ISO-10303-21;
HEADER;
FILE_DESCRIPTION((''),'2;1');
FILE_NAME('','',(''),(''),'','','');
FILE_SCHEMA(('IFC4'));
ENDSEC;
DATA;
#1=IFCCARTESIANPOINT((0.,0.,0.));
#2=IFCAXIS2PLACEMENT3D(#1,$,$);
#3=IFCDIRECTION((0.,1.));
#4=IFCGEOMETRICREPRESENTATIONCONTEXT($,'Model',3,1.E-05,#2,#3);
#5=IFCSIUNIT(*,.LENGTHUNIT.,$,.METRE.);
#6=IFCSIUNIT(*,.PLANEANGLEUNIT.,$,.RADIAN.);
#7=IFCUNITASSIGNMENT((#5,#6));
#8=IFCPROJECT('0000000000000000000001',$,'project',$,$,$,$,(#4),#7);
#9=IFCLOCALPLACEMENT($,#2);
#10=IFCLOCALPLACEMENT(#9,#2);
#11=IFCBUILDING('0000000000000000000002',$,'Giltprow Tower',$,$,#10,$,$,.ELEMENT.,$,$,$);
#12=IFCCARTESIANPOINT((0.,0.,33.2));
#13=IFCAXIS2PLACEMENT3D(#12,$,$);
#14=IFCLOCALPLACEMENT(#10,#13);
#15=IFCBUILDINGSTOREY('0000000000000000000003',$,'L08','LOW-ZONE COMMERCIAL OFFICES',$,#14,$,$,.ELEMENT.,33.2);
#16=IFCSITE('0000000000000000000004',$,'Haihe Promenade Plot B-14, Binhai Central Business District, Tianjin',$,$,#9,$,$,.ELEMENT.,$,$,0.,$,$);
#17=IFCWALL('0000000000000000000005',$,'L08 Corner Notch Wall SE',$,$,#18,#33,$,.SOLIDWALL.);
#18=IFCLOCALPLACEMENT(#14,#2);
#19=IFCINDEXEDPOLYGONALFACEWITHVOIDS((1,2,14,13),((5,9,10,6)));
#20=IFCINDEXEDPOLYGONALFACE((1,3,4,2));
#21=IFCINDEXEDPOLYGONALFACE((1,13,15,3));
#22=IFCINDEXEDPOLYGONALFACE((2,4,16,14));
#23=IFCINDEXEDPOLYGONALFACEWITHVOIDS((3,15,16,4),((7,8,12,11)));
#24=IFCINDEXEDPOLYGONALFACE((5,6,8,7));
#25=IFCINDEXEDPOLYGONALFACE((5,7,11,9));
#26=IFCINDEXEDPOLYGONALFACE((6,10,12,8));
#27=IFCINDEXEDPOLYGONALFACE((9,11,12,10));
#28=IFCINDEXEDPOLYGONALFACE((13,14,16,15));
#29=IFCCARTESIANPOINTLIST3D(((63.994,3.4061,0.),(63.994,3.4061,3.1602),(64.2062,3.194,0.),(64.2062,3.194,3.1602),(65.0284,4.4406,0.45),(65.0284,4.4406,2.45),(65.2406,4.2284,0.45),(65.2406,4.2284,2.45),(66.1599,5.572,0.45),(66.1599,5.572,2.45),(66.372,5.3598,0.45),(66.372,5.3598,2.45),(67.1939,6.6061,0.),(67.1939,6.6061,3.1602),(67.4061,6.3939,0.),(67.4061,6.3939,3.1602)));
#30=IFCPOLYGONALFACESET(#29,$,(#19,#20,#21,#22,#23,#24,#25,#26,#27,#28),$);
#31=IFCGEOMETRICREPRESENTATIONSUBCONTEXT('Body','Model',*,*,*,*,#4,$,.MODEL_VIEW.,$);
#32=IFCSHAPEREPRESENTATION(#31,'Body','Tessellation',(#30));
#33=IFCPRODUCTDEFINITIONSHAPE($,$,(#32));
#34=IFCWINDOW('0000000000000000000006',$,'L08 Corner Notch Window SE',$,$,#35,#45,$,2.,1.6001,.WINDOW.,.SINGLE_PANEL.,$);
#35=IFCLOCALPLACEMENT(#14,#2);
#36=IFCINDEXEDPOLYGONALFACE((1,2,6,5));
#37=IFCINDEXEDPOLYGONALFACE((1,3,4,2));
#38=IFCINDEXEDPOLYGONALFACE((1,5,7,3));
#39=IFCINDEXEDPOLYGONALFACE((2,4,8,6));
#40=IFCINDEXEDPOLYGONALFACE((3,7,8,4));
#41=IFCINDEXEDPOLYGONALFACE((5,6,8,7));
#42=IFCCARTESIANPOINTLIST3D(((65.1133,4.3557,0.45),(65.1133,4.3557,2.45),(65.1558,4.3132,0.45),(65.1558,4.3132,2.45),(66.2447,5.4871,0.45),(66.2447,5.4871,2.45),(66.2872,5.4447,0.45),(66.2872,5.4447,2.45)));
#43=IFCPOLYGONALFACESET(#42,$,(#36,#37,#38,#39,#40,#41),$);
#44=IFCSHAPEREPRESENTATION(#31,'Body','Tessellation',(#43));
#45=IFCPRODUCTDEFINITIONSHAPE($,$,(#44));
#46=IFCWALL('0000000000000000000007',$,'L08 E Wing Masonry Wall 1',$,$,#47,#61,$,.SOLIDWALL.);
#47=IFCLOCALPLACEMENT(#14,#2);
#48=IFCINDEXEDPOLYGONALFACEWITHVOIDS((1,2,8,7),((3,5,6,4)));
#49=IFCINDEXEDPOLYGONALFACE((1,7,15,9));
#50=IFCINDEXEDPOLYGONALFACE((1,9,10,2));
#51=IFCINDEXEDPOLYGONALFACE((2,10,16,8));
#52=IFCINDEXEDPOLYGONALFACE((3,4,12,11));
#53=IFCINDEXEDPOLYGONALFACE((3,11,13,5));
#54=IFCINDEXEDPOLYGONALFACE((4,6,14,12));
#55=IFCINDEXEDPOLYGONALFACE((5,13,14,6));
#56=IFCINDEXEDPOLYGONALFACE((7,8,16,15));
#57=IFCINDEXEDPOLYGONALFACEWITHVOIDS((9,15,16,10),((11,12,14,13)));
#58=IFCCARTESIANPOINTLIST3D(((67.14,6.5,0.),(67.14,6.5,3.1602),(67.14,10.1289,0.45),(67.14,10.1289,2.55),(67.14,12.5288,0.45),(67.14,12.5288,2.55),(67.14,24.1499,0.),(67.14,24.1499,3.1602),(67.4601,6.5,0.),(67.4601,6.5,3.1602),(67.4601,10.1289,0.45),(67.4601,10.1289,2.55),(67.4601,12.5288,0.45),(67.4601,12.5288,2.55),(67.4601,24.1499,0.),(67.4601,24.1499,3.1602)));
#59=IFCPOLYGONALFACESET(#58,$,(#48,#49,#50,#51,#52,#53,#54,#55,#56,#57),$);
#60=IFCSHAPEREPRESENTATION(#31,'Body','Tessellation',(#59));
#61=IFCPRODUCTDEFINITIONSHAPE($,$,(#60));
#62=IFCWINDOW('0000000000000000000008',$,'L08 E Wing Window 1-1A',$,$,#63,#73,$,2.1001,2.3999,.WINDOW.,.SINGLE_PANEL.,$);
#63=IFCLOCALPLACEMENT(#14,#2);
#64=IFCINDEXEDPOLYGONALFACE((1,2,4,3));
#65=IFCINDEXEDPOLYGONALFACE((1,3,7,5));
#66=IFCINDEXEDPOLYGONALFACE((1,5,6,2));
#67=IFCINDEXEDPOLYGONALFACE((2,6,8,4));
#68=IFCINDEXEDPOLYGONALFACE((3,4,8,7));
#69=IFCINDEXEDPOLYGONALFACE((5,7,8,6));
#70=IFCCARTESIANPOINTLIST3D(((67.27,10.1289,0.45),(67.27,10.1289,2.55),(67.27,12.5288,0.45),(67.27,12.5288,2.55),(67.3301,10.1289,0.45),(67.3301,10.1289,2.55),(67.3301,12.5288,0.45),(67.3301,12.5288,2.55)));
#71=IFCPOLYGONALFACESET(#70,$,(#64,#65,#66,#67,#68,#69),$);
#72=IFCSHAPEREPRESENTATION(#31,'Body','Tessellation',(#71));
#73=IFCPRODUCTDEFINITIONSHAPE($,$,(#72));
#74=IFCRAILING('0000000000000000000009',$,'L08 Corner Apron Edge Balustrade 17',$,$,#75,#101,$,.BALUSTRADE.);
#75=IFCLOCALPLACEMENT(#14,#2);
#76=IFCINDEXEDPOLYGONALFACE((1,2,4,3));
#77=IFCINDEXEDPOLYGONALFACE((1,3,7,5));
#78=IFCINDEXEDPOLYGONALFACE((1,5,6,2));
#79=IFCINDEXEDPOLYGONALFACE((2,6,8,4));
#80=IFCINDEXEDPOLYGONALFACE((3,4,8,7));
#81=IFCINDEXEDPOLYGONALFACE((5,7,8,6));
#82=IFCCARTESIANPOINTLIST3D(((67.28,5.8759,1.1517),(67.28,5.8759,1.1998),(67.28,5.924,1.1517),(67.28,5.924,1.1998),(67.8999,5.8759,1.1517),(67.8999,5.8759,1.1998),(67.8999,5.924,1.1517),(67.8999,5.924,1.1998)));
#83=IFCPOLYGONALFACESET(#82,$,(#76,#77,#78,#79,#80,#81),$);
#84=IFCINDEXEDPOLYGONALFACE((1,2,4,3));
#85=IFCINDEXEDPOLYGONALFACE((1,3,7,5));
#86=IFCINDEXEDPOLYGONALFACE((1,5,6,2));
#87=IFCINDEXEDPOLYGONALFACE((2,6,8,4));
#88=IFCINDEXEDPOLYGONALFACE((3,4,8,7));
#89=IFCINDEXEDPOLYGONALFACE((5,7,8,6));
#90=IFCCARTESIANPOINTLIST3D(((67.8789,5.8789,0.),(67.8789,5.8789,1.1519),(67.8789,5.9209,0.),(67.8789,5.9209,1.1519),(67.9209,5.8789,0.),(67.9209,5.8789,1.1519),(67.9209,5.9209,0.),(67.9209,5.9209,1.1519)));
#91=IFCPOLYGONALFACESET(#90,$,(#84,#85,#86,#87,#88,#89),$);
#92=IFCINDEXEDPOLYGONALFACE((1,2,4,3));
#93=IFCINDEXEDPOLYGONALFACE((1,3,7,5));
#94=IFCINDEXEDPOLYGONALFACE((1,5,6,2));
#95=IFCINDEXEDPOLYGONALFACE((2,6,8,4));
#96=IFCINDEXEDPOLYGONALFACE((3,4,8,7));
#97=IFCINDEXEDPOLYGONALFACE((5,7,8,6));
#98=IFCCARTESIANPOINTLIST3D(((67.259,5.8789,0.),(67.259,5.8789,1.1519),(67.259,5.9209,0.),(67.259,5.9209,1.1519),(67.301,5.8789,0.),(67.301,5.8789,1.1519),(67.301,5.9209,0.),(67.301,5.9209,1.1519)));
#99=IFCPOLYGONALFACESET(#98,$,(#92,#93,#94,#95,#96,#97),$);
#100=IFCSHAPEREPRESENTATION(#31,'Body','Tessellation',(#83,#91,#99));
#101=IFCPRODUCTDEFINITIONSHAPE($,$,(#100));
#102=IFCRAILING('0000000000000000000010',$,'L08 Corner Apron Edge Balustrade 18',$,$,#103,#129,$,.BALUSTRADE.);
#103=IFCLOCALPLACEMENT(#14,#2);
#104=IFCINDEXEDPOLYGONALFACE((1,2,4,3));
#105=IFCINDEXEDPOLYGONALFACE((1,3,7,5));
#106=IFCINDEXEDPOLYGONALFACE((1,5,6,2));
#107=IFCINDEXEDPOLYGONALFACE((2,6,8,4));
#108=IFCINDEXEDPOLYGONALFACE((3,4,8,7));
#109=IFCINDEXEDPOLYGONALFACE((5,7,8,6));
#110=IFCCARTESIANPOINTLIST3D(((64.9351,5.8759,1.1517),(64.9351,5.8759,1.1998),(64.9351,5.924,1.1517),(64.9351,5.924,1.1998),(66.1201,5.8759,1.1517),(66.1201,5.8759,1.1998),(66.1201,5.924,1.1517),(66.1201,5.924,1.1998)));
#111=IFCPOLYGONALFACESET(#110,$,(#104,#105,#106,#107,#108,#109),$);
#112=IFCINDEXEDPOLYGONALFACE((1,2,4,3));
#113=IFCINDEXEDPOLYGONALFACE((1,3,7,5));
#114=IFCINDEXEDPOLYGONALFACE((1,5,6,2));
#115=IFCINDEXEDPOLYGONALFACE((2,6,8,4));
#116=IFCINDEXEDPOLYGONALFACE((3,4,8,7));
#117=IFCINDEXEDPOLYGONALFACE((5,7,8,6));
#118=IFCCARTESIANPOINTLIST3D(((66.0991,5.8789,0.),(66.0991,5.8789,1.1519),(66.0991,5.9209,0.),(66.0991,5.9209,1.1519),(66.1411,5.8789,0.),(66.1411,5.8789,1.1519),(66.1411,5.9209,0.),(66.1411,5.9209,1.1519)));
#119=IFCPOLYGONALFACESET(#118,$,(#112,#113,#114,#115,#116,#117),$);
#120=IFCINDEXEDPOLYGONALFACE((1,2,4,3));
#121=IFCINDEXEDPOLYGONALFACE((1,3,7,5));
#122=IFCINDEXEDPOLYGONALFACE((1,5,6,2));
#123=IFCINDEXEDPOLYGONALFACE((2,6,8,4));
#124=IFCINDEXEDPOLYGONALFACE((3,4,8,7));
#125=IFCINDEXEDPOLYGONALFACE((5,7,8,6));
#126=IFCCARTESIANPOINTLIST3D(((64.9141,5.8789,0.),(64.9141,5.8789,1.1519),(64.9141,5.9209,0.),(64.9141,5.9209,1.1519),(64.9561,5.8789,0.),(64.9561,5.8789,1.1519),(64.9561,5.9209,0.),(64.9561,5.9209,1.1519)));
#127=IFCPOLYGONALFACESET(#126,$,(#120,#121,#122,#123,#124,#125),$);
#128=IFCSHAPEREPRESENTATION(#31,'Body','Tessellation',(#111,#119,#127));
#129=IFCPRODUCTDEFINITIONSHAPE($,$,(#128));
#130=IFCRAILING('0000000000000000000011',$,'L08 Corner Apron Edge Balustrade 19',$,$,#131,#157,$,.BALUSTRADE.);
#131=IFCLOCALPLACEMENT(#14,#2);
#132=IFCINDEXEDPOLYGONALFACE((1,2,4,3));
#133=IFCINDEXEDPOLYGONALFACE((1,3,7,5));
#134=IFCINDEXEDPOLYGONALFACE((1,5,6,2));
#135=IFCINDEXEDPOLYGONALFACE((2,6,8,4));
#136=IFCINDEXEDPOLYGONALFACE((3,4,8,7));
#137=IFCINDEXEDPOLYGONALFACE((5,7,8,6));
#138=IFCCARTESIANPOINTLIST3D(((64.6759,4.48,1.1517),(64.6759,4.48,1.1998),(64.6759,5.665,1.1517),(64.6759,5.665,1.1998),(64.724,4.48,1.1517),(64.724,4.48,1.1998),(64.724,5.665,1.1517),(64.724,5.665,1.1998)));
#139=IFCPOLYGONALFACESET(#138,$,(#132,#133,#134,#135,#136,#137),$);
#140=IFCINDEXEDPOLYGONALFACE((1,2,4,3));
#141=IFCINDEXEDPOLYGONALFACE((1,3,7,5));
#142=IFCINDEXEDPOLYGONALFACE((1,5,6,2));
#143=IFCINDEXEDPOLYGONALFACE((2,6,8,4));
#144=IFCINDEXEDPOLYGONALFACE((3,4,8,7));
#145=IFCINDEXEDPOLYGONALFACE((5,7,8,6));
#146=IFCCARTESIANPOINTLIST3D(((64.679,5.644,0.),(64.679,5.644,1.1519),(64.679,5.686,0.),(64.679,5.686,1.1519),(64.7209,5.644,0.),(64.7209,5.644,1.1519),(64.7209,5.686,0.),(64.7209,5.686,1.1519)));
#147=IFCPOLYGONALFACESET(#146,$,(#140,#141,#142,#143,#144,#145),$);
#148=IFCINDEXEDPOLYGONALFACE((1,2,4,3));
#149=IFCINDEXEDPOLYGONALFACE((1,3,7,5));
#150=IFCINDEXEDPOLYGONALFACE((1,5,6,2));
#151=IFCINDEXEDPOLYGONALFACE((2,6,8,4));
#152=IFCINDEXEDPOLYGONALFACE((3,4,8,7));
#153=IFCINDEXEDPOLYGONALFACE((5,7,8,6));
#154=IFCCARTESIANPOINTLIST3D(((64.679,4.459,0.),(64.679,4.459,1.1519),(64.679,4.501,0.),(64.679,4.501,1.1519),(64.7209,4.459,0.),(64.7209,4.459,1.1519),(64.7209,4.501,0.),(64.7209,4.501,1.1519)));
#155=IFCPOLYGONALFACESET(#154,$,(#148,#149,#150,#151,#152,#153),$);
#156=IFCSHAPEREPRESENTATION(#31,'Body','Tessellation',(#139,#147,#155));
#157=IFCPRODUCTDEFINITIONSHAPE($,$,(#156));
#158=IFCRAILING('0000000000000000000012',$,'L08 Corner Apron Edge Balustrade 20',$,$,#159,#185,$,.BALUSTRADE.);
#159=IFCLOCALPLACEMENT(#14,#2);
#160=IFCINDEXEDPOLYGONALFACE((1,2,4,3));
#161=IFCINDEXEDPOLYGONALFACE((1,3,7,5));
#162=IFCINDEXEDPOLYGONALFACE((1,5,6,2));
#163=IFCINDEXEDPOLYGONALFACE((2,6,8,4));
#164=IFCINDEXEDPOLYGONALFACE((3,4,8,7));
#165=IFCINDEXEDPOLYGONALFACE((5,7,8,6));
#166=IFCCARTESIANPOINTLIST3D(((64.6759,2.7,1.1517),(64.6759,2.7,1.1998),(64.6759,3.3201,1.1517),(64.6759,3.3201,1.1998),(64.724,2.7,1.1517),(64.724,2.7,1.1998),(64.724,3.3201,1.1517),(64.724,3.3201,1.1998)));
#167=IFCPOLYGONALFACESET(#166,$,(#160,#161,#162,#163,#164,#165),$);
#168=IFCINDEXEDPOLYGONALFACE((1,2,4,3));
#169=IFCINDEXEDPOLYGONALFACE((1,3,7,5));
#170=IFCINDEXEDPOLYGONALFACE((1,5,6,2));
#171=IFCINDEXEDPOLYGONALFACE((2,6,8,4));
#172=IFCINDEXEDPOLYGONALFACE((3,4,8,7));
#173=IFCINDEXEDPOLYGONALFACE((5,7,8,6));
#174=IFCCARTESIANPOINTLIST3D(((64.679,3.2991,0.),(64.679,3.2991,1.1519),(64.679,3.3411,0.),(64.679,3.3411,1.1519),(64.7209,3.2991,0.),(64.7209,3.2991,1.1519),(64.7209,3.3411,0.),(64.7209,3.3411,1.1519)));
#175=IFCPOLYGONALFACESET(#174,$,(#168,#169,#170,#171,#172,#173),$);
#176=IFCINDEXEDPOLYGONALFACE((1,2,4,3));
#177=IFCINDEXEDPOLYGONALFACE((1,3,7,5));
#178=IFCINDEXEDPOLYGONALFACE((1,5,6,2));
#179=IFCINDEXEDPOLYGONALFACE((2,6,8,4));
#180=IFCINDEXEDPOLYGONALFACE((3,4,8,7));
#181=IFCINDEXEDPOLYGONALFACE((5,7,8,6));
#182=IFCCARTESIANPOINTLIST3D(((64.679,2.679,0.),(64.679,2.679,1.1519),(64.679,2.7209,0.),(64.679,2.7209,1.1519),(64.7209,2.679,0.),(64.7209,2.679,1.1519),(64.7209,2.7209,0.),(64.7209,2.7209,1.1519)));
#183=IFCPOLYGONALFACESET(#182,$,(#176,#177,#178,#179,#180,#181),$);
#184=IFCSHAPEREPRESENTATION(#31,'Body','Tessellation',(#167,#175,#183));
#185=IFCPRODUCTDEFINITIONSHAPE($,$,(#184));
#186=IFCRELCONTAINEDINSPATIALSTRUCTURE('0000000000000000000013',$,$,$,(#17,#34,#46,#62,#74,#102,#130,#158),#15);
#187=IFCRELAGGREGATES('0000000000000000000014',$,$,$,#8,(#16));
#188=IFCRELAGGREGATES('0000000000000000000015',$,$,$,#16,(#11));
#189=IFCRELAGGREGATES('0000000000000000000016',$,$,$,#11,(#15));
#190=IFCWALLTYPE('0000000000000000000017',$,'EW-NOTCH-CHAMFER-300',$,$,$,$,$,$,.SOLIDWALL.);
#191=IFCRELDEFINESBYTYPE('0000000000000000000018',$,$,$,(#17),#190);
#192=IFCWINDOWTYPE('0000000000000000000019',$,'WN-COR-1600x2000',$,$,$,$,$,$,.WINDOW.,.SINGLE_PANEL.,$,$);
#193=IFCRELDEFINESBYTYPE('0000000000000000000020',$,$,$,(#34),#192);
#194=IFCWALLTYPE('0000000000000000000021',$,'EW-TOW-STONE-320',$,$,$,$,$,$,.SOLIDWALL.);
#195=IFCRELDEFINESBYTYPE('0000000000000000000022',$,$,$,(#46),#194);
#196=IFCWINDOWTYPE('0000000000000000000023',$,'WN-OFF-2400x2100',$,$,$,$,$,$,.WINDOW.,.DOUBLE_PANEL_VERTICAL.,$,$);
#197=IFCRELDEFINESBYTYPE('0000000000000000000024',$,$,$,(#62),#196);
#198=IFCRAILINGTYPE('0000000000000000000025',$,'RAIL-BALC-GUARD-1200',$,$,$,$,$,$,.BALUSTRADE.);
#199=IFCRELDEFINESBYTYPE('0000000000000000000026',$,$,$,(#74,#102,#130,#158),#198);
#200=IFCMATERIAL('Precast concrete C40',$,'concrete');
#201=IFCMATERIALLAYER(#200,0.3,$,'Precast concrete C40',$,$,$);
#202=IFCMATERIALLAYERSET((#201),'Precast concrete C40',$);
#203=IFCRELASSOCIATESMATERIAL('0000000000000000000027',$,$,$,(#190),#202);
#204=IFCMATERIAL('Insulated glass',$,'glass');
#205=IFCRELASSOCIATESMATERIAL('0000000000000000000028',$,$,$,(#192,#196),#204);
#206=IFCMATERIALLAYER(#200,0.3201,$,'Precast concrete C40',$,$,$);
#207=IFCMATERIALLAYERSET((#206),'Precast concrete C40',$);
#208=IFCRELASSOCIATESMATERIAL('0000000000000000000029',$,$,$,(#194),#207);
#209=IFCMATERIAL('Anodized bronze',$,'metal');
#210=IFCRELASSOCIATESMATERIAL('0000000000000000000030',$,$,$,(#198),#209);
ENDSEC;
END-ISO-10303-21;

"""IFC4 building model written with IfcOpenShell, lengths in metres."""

from ifc_helpers import new_model, si_unit, direction, frame, frame_2d, origin, origin_2d, place, context, subcontext, project, spatial, rectangle, extrude, source, transform, mapped, material, layer, layer_set, type_object, element, fill, save


model = new_model("IFC4")

# Units and contexts
model_context = context("Model", 3, precision=1e-05, world=origin(), true_north=direction((0.0, 1.0)))
body_context = subcontext(model_context, "Body", "Model", "MODEL_VIEW")
ifc_project = project(units=[si_unit("LENGTHUNIT", "METRE"), si_unit("PLANEANGLEUNIT", "RADIAN")], contexts=[model_context])

# Site, building, storey
site_placement = place(None, origin())
site = spatial("IfcSite", under=ifc_project, at=site_placement, Name="Haihe Promenade Plot B-14, Binhai Central Business District, Tianjin", CompositionType="ELEMENT", RefElevation=0.0)
building_placement = place(site_placement, origin())
building = spatial("IfcBuilding", under=site, at=building_placement, Name="Giltprow Tower", CompositionType="ELEMENT")
storey_placement = place(building_placement, frame((0.0, 0.0, 33.2)))
storey = spatial("IfcBuildingStorey", under=building, at=storey_placement, Name="L08", Description="LOW-ZONE COMMERCIAL OFFICES", CompositionType="ELEMENT", Elevation=33.2)

# Shared definitions
ifc_material_1 = material(Name="Anodized bronze", Category="metal")

# Shared definitions
ifc_material_2 = material(Name="Insulated glass", Category="glass")

# Walls, openings, windows
ifc_material_3 = material(Name="Precast concrete C40", Category="concrete")
ifc_layer_1 = layer(ifc_material_3, 0.3, Name="Precast concrete C40")
ifc_layer_set_1 = layer_set([ifc_layer_1], Name="Precast concrete C40")
wall_type_1 = type_object("IfcWallType", Name="EW-NOTCH-CHAMFER-300", PredefinedType="SOLIDWALL", material=ifc_layer_set_1)
wall_1_placement = place(storey_placement, frame((64.1001, 3.3, 0.0), z_axis=(0.0, 0.0, 1.0), x_axis=(0.707107, 0.707107, 0.0)))
wall_1 = element("IfcWall", 1, at=wall_1_placement, inside=storey, type_object=wall_type_1, Name="L08 Corner Notch Wall SE", PredefinedType="SOLIDWALL", context=body_context, shape_type="SweptSolid", body=[
    extrude(rectangle(XDim=4.5254, YDim=0.3, at=frame_2d((2.2627, 0.0))), origin(), (0.0, 0.0, 1.0), 3.1602),
])
opening_1_placement = place(wall_1_placement, frame((1.4629, 0.0, 0.45)))
opening_1 = element("IfcOpeningElement", 2, at=opening_1_placement, cuts=wall_1, PredefinedType="OPENING", context=body_context, shape_type="SweptSolid", body=[
    extrude(rectangle(XDim=1.6001, YDim=2.0, at=frame_2d((0.8, 1.0))), frame((0.0, 0.1599, 0.0), z_axis=(0.0, -1.0, 0.0), x_axis=(1.0, 0.0, 0.0)), (0.0, 0.0, 1.0), 0.3201),
])
window_type_1 = type_object("IfcWindowType", Name="WN-COR-1600x2000", PartitioningType="SINGLE_PANEL", PredefinedType="WINDOW", material=ifc_material_2)
shared_shape_1 = source(origin(), body_context, "Body", "SweptSolid", [
    extrude(rectangle(XDim=1.6001, YDim=2.0, at=frame_2d((0.8, 1.0))), frame((0.0, 0.03, 0.0), z_axis=(0.0, -1.0, 0.0), x_axis=(1.0, 0.0, 0.0)), (0.0, 0.0, 1.0), 0.0601),
])
window_1_placement = place(opening_1_placement, origin())
window_1 = element("IfcWindow", 3, at=window_1_placement, inside=storey, type_object=window_type_1, Name="L08 Corner Notch Window SE", OverallHeight=2.0, OverallWidth=1.6001, PartitioningType="SINGLE_PANEL", PredefinedType="WINDOW", context=body_context, shape_type="MappedRepresentation", body=[
    mapped(shared_shape_1, transform((0.0, 0.0, 0.0), x_axis=(1.0, 0.0, 0.0), y_axis=(0.0, 1.0, 0.0), z_axis=(0.0, 0.0, 1.0), scale=1.0)),
])
fill(opening_1, window_1)
ifc_layer_2 = layer(ifc_material_3, 0.3201, Name="Precast concrete C40")
ifc_layer_set_2 = layer_set([ifc_layer_2], Name="Precast concrete C40")
wall_type_2 = type_object("IfcWallType", Name="EW-TOW-STONE-320", PredefinedType="SOLIDWALL", material=ifc_layer_set_2)
wall_2_placement = place(storey_placement, frame((67.3, 6.5, 0.0), z_axis=(0.0, 0.0, 1.0), x_axis=(0.0, 1.0, 0.0)))
wall_2 = element("IfcWall", 4, at=wall_2_placement, inside=storey, type_object=wall_type_2, Name="L08 E Wing Masonry Wall 1", PredefinedType="SOLIDWALL", context=body_context, shape_type="SweptSolid", body=[
    extrude(rectangle(XDim=17.6499, YDim=0.3201, at=frame_2d((8.825, 0.0))), origin(), (0.0, 0.0, 1.0), 3.1602),
])
opening_2_placement = place(wall_2_placement, frame((3.6289, 0.0, 0.45)))
opening_2 = element("IfcOpeningElement", 5, at=opening_2_placement, cuts=wall_2, PredefinedType="OPENING", context=body_context, shape_type="SweptSolid", body=[
    extrude(rectangle(XDim=2.3999, YDim=2.1001, at=frame_2d((1.2, 1.05))), frame((0.0, 0.1699, 0.0), z_axis=(0.0, -1.0, 0.0), x_axis=(1.0, 0.0, 0.0)), (0.0, 0.0, 1.0), 0.3401),
])
window_type_2 = type_object("IfcWindowType", Name="WN-OFF-2400x2100", PartitioningType="DOUBLE_PANEL_VERTICAL", PredefinedType="WINDOW", material=ifc_material_2)
shared_shape_2 = source(origin(), body_context, "Body", "SweptSolid", [
    extrude(rectangle(XDim=2.3999, YDim=2.1001, at=frame_2d((1.2, 1.05))), frame((0.0, 0.03, 0.0), z_axis=(0.0, -1.0, 0.0), x_axis=(1.0, 0.0, 0.0)), (0.0, 0.0, 1.0), 0.0601),
])
window_2_placement = place(opening_2_placement, origin())
window_2 = element("IfcWindow", 6, at=window_2_placement, inside=storey, type_object=window_type_2, Name="L08 E Wing Window 1-1A", OverallHeight=2.1001, OverallWidth=2.3999, PartitioningType="SINGLE_PANEL", PredefinedType="WINDOW", context=body_context, shape_type="MappedRepresentation", body=[
    mapped(shared_shape_2, transform((0.0, 0.0, 0.0), x_axis=(1.0, 0.0, 0.0), y_axis=(0.0, 1.0, 0.0), z_axis=(0.0, 0.0, 1.0), scale=1.0)),
])
fill(opening_2, window_2)

# Railings
railing_type = type_object("IfcRailingType", Name="RAIL-BALC-GUARD-1200", PredefinedType="BALUSTRADE", material=ifc_material_1)
railing_1_placement = place(storey_placement, frame((67.8999, 5.8999, 0.0)))
element("IfcRailing", 7, at=railing_1_placement, inside=storey, type_object=railing_type, Name="L08 Corner Apron Edge Balustrade 17", PredefinedType="BALUSTRADE", context=body_context, shape_type="SweptSolid", body=[
    extrude(rectangle(XDim=0.0481, YDim=0.0481, at=origin_2d()), frame((0.0, 0.0, 1.1758), z_axis=(-1.0, 0.0, 0.0), x_axis=(0.0, -1.0, 0.0)), (0.0, 0.0, 1.0), 0.6199),
    extrude(rectangle(XDim=0.042, YDim=0.042, at=origin_2d()), origin(), (0.0, 0.0, 1.0), 1.1519),
    extrude(rectangle(XDim=0.042, YDim=0.042, at=origin_2d()), frame((-0.6199, 0.0, 0.0)), (0.0, 0.0, 1.0), 1.1519),
])
railing_2_placement = place(storey_placement, frame((66.1201, 5.8999, 0.0)))
element("IfcRailing", 8, at=railing_2_placement, inside=storey, type_object=railing_type, Name="L08 Corner Apron Edge Balustrade 18", PredefinedType="BALUSTRADE", context=body_context, shape_type="SweptSolid", body=[
    extrude(rectangle(XDim=0.0481, YDim=0.0481, at=origin_2d()), frame((0.0, 0.0, 1.1758), z_axis=(-1.0, 0.0, 0.0), x_axis=(0.0, -1.0, 0.0)), (0.0, 0.0, 1.0), 1.1851),
    extrude(rectangle(XDim=0.042, YDim=0.042, at=origin_2d()), origin(), (0.0, 0.0, 1.0), 1.1519),
    extrude(rectangle(XDim=0.042, YDim=0.042, at=origin_2d()), frame((-1.1851, 0.0, 0.0)), (0.0, 0.0, 1.0), 1.1519),
])
railing_3_placement = place(storey_placement, frame((64.7, 5.665, 0.0)))
element("IfcRailing", 9, at=railing_3_placement, inside=storey, type_object=railing_type, Name="L08 Corner Apron Edge Balustrade 19", PredefinedType="BALUSTRADE", context=body_context, shape_type="SweptSolid", body=[
    extrude(rectangle(XDim=0.0481, YDim=0.0481, at=origin_2d()), frame((0.0, 0.0, 1.1758), z_axis=(0.0, -1.0, 0.0), x_axis=(1.0, 0.0, 0.0)), (0.0, 0.0, 1.0), 1.1851),
    extrude(rectangle(XDim=0.042, YDim=0.042, at=origin_2d()), origin(), (0.0, 0.0, 1.0), 1.1519),
    extrude(rectangle(XDim=0.042, YDim=0.042, at=origin_2d()), frame((0.0, -1.1851, 0.0)), (0.0, 0.0, 1.0), 1.1519),
])
railing_4_placement = place(storey_placement, frame((64.7, 3.3201, 0.0)))
element("IfcRailing", 10, at=railing_4_placement, inside=storey, type_object=railing_type, Name="L08 Corner Apron Edge Balustrade 20", PredefinedType="BALUSTRADE", context=body_context, shape_type="SweptSolid", body=[
    extrude(rectangle(XDim=0.0481, YDim=0.0481, at=origin_2d()), frame((0.0, 0.0, 1.1758), z_axis=(0.0, -1.0, 0.0), x_axis=(1.0, 0.0, 0.0)), (0.0, 0.0, 1.0), 0.6201),
    extrude(rectangle(XDim=0.042, YDim=0.042, at=origin_2d()), origin(), (0.0, 0.0, 1.0), 1.1519),
    extrude(rectangle(XDim=0.042, YDim=0.042, at=origin_2d()), frame((0.0, -0.6201, 0.0)), (0.0, 0.0, 1.0), 1.1519),
])

save(model, "model.ifc")
